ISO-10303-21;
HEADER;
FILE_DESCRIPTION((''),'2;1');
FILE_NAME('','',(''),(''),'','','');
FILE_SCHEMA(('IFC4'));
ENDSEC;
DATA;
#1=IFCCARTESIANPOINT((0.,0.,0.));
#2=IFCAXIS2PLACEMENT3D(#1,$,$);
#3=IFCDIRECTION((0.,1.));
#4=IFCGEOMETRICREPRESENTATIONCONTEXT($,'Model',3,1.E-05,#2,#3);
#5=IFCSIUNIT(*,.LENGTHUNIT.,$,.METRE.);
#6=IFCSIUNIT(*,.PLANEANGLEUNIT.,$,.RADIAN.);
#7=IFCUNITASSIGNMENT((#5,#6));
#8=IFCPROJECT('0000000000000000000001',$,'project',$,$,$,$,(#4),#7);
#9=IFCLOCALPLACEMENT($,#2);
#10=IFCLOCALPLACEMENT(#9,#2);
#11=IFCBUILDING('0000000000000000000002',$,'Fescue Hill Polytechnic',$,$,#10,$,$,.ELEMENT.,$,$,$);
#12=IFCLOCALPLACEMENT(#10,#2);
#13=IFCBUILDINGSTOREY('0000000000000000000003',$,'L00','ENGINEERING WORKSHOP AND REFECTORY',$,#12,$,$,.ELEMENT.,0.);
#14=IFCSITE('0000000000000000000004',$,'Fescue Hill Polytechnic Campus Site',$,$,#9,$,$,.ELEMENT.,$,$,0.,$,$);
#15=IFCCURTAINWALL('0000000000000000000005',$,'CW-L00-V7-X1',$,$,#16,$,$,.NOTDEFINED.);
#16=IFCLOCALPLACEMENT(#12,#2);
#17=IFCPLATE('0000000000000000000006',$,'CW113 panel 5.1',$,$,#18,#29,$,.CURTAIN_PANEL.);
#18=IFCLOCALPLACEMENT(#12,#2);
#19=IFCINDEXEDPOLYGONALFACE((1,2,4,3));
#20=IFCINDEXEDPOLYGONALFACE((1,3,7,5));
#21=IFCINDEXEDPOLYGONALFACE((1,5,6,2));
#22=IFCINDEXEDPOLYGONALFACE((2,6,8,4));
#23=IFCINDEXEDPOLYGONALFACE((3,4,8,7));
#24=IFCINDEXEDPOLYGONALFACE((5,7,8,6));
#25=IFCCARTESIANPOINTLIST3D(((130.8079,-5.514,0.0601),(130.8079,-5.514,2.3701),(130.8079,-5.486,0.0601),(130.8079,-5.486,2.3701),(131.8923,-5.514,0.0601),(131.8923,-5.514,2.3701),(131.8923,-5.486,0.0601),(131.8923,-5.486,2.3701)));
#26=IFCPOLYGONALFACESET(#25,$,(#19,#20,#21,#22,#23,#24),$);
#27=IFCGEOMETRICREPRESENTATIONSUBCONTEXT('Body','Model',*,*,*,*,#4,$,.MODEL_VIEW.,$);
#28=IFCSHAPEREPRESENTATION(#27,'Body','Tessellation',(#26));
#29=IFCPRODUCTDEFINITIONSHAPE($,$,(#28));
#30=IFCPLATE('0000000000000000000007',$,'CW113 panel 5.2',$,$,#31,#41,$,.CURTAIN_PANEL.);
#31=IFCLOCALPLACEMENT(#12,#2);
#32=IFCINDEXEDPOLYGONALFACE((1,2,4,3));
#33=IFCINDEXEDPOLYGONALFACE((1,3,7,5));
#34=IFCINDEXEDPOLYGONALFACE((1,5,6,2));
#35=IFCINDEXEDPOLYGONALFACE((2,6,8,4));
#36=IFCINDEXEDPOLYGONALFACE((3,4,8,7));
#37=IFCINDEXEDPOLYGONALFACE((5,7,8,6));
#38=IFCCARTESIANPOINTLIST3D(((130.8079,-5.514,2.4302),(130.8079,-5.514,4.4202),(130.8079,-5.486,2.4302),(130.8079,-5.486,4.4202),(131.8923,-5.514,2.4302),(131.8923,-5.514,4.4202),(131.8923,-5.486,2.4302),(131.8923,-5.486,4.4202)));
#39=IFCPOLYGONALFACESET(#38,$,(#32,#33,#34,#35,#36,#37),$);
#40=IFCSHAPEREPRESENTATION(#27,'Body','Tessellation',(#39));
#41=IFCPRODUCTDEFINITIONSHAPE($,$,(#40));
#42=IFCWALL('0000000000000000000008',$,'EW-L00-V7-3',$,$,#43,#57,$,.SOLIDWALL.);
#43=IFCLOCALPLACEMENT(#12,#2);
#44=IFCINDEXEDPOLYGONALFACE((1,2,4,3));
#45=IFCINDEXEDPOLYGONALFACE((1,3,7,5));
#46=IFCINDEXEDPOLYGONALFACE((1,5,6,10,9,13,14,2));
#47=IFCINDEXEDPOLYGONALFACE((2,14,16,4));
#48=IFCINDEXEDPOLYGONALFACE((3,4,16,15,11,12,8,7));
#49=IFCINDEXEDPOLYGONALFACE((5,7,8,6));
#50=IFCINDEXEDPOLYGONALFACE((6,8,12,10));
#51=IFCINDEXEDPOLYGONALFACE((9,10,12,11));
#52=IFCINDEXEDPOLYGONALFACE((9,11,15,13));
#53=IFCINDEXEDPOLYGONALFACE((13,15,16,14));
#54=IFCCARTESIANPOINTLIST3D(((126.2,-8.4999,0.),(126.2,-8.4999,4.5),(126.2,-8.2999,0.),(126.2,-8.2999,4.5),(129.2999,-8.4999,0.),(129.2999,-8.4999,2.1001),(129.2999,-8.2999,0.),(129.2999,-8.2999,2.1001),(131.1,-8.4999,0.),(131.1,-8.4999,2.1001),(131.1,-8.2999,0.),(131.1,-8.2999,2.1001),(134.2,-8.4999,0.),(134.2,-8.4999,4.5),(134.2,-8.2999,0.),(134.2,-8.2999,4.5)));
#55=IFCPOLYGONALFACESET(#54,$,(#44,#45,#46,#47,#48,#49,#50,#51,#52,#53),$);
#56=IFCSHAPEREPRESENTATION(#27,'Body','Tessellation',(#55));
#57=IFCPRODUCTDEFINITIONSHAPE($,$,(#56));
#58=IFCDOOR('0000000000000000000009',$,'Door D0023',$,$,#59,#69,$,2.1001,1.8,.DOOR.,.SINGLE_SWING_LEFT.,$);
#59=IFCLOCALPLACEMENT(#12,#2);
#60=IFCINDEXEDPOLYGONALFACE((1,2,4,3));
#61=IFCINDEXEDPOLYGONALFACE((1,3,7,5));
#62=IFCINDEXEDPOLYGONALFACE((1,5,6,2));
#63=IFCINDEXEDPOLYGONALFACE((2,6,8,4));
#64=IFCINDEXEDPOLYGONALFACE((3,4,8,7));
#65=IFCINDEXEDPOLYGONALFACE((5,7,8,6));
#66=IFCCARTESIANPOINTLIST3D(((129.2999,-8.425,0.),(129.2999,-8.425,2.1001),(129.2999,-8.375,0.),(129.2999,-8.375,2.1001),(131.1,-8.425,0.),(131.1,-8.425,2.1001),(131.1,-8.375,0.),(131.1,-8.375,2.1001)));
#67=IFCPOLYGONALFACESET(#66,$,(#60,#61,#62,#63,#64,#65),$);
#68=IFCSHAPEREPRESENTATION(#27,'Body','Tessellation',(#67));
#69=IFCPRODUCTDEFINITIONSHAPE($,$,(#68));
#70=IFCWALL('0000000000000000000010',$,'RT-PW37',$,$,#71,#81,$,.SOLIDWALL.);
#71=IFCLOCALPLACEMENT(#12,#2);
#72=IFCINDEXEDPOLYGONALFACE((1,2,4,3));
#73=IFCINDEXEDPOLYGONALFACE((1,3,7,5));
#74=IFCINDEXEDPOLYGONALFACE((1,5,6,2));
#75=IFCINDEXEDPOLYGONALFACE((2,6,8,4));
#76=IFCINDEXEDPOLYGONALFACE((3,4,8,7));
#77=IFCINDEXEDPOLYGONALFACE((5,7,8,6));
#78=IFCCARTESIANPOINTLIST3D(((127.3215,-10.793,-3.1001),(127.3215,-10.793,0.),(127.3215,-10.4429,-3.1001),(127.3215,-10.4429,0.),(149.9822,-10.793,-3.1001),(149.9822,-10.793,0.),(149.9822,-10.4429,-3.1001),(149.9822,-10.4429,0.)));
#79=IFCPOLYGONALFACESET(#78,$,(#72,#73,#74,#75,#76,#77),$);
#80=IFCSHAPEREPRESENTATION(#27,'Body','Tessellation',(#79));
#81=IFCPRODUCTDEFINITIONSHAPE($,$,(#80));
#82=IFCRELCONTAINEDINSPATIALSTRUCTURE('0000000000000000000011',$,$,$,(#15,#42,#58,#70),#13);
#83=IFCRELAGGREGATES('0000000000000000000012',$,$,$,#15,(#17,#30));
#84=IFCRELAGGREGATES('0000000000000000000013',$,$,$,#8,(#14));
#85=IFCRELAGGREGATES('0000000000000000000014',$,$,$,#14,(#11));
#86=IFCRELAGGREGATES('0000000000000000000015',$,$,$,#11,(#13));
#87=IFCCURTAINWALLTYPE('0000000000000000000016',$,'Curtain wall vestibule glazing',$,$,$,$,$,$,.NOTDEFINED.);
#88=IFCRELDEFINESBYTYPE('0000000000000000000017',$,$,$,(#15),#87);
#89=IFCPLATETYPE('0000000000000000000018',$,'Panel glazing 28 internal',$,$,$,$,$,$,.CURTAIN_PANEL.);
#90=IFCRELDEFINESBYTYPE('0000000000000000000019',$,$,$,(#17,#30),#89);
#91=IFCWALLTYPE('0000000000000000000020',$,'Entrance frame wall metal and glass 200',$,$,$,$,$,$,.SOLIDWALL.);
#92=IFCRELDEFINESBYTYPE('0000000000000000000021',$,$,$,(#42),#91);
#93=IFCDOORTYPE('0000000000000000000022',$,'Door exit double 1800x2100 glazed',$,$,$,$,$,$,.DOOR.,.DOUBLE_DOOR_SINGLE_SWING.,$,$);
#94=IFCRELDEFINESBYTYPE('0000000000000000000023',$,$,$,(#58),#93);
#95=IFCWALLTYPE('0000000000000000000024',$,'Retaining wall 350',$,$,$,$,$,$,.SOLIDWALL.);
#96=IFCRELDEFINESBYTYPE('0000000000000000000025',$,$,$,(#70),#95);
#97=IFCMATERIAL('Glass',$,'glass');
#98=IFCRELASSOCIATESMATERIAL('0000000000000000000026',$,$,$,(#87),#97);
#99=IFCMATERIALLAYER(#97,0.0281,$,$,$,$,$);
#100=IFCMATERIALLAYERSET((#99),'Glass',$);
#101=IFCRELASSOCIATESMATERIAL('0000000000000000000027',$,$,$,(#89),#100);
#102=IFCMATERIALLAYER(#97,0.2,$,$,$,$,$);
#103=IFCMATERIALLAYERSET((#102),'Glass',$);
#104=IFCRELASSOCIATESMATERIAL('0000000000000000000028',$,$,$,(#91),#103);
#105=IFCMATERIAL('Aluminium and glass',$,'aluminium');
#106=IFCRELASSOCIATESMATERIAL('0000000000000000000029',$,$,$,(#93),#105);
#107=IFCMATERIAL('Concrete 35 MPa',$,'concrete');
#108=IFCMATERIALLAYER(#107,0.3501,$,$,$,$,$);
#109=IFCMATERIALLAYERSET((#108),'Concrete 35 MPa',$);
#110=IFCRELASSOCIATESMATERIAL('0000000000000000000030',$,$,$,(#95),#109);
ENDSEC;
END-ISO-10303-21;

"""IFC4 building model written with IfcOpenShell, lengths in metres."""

from ifc_helpers import new_model, si_unit, direction, frame, frame_2d, origin, origin_2d, place, context, subcontext, project, spatial, rectangle, extrude, material, layer, layer_set, type_object, element, fill, aggregate, save


model = new_model("IFC4")

# Units and contexts
model_context = context("Model", 3, precision=1e-05, world=origin(), true_north=direction((0.0, 1.0)))
body_context = subcontext(model_context, "Body", "Model", "MODEL_VIEW")
ifc_project = project(units=[si_unit("LENGTHUNIT", "METRE"), si_unit("PLANEANGLEUNIT", "RADIAN")], contexts=[model_context])

# Site, building, storey
site_placement = place(None, origin())
site = spatial("IfcSite", under=ifc_project, at=site_placement, Name="Fescue Hill Polytechnic Campus Site", CompositionType="ELEMENT", RefElevation=0.0)
building_placement = place(site_placement, origin())
building = spatial("IfcBuilding", under=site, at=building_placement, Name="Fescue Hill Polytechnic", CompositionType="ELEMENT")
storey_placement = place(building_placement, origin())
storey = spatial("IfcBuildingStorey", under=building, at=storey_placement, Name="L00", Description="ENGINEERING WORKSHOP AND REFECTORY", CompositionType="ELEMENT", Elevation=0.0)

# Curtain wall, plates
ifc_material_1 = material(Name="Glass", Category="glass")
curtain_wall_type = type_object("IfcCurtainWallType", Name="Curtain wall vestibule glazing", PredefinedType="NOTDEFINED", material=ifc_material_1)
curtain_wall_placement = place(storey_placement, origin())
curtain_wall = element("IfcCurtainWall", 1, at=curtain_wall_placement, inside=storey, type_object=curtain_wall_type, Name="CW-L00-V7-X1", PredefinedType="NOTDEFINED")
ifc_layer_1 = layer(ifc_material_1, 0.0281)
ifc_layer_set_1 = layer_set([ifc_layer_1], Name="Glass")
plate_type = type_object("IfcPlateType", Name="Panel glazing 28 internal", PredefinedType="CURTAIN_PANEL", material=ifc_layer_set_1)
plate_1_placement = place(storey_placement, frame((131.3501, -5.5, 0.0601), z_axis=(0.0, 0.0, 1.0), x_axis=(1.0, 0.0, 0.0)))
plate_1 = element("IfcPlate", 2, at=plate_1_placement, type_object=plate_type, Name="CW113 panel 5.1", PredefinedType="CURTAIN_PANEL", context=body_context, shape_type="SweptSolid", body=[
    extrude(rectangle(XDim=1.0845, YDim=0.0281, at=origin_2d()), origin(), (0.0, 0.0, 1.0), 2.3101),
])
plate_2_placement = place(storey_placement, frame((131.3501, -5.5, 2.4302), z_axis=(0.0, 0.0, 1.0), x_axis=(1.0, 0.0, 0.0)))
plate_2 = element("IfcPlate", 3, at=plate_2_placement, type_object=plate_type, Name="CW113 panel 5.2", PredefinedType="CURTAIN_PANEL", context=body_context, shape_type="SweptSolid", body=[
    extrude(rectangle(XDim=1.0845, YDim=0.0281, at=origin_2d()), origin(), (0.0, 0.0, 1.0), 1.99),
])
aggregate(curtain_wall, [plate_1, plate_2])

# Wall, opening, door
ifc_layer_2 = layer(ifc_material_1, 0.2)
ifc_layer_set_2 = layer_set([ifc_layer_2], Name="Glass")
wall_type_1 = type_object("IfcWallType", Name="Entrance frame wall metal and glass 200", PredefinedType="SOLIDWALL", material=ifc_layer_set_2)
wall_1_placement = place(storey_placement, frame((126.2, -8.3999, 0.0), z_axis=(0.0, 0.0, 1.0), x_axis=(1.0, 0.0, 0.0)))
wall_1 = element("IfcWall", 4, at=wall_1_placement, inside=storey, type_object=wall_type_1, Name="EW-L00-V7-3", PredefinedType="SOLIDWALL", context=body_context, shape_type="SweptSolid", body=[
    extrude(rectangle(XDim=8.0, YDim=0.2, at=frame_2d((4.0, 0.0))), origin(), (0.0, 0.0, 1.0), 4.5),
])
opening_placement = place(wall_1_placement, frame((3.1001, 0.0, 0.0)))
opening = element("IfcOpeningElement", 5, at=opening_placement, cuts=wall_1, PredefinedType="OPENING", context=body_context, shape_type="SweptSolid", body=[
    extrude(rectangle(XDim=1.8, YDim=2.1001, at=frame_2d((0.8999, 1.05))), frame((0.0, 0.1099, 0.0), z_axis=(0.0, -1.0, 0.0), x_axis=(1.0, 0.0, 0.0)), (0.0, 0.0, 1.0), 0.22),
])
ifc_material_2 = material(Name="Aluminium and glass", Category="aluminium")
door_type = type_object("IfcDoorType", Name="Door exit double 1800x2100 glazed", OperationType="DOUBLE_DOOR_SINGLE_SWING", PredefinedType="DOOR", material=ifc_material_2)
door_placement = place(opening_placement, origin())
door = element("IfcDoor", 6, at=door_placement, inside=storey, type_object=door_type, Name="Door D0023", OperationType="SINGLE_SWING_LEFT", OverallHeight=2.1001, OverallWidth=1.8, PredefinedType="DOOR", context=body_context, shape_type="SweptSolid", body=[
    extrude(rectangle(XDim=1.8, YDim=2.1001, at=frame_2d((0.8999, 1.05))), frame((0.0, 0.0249, 0.0), z_axis=(0.0, -1.0, 0.0), x_axis=(1.0, 0.0, 0.0)), (0.0, 0.0, 1.0), 0.05),
])
fill(opening, door)

# Wall
ifc_material_3 = material(Name="Concrete 35 MPa", Category="concrete")
ifc_layer_3 = layer(ifc_material_3, 0.3501)
ifc_layer_set_3 = layer_set([ifc_layer_3], Name="Concrete 35 MPa")
wall_type_2 = type_object("IfcWallType", Name="Retaining wall 350", PredefinedType="SOLIDWALL", material=ifc_layer_set_3)
wall_2_placement = place(storey_placement, frame((127.3215, -10.6179, -3.1001), z_axis=(0.0, 0.0, 1.0), x_axis=(1.0, 0.0, 0.0)))
element("IfcWall", 7, at=wall_2_placement, inside=storey, type_object=wall_type_2, Name="RT-PW37", PredefinedType="SOLIDWALL", context=body_context, shape_type="SweptSolid", body=[
    extrude(rectangle(XDim=22.6606, YDim=0.3501, at=frame_2d((11.3303, 0.0))), origin(), (0.0, 0.0, 1.0), 3.1001),
])

save(model, "model.ifc")
